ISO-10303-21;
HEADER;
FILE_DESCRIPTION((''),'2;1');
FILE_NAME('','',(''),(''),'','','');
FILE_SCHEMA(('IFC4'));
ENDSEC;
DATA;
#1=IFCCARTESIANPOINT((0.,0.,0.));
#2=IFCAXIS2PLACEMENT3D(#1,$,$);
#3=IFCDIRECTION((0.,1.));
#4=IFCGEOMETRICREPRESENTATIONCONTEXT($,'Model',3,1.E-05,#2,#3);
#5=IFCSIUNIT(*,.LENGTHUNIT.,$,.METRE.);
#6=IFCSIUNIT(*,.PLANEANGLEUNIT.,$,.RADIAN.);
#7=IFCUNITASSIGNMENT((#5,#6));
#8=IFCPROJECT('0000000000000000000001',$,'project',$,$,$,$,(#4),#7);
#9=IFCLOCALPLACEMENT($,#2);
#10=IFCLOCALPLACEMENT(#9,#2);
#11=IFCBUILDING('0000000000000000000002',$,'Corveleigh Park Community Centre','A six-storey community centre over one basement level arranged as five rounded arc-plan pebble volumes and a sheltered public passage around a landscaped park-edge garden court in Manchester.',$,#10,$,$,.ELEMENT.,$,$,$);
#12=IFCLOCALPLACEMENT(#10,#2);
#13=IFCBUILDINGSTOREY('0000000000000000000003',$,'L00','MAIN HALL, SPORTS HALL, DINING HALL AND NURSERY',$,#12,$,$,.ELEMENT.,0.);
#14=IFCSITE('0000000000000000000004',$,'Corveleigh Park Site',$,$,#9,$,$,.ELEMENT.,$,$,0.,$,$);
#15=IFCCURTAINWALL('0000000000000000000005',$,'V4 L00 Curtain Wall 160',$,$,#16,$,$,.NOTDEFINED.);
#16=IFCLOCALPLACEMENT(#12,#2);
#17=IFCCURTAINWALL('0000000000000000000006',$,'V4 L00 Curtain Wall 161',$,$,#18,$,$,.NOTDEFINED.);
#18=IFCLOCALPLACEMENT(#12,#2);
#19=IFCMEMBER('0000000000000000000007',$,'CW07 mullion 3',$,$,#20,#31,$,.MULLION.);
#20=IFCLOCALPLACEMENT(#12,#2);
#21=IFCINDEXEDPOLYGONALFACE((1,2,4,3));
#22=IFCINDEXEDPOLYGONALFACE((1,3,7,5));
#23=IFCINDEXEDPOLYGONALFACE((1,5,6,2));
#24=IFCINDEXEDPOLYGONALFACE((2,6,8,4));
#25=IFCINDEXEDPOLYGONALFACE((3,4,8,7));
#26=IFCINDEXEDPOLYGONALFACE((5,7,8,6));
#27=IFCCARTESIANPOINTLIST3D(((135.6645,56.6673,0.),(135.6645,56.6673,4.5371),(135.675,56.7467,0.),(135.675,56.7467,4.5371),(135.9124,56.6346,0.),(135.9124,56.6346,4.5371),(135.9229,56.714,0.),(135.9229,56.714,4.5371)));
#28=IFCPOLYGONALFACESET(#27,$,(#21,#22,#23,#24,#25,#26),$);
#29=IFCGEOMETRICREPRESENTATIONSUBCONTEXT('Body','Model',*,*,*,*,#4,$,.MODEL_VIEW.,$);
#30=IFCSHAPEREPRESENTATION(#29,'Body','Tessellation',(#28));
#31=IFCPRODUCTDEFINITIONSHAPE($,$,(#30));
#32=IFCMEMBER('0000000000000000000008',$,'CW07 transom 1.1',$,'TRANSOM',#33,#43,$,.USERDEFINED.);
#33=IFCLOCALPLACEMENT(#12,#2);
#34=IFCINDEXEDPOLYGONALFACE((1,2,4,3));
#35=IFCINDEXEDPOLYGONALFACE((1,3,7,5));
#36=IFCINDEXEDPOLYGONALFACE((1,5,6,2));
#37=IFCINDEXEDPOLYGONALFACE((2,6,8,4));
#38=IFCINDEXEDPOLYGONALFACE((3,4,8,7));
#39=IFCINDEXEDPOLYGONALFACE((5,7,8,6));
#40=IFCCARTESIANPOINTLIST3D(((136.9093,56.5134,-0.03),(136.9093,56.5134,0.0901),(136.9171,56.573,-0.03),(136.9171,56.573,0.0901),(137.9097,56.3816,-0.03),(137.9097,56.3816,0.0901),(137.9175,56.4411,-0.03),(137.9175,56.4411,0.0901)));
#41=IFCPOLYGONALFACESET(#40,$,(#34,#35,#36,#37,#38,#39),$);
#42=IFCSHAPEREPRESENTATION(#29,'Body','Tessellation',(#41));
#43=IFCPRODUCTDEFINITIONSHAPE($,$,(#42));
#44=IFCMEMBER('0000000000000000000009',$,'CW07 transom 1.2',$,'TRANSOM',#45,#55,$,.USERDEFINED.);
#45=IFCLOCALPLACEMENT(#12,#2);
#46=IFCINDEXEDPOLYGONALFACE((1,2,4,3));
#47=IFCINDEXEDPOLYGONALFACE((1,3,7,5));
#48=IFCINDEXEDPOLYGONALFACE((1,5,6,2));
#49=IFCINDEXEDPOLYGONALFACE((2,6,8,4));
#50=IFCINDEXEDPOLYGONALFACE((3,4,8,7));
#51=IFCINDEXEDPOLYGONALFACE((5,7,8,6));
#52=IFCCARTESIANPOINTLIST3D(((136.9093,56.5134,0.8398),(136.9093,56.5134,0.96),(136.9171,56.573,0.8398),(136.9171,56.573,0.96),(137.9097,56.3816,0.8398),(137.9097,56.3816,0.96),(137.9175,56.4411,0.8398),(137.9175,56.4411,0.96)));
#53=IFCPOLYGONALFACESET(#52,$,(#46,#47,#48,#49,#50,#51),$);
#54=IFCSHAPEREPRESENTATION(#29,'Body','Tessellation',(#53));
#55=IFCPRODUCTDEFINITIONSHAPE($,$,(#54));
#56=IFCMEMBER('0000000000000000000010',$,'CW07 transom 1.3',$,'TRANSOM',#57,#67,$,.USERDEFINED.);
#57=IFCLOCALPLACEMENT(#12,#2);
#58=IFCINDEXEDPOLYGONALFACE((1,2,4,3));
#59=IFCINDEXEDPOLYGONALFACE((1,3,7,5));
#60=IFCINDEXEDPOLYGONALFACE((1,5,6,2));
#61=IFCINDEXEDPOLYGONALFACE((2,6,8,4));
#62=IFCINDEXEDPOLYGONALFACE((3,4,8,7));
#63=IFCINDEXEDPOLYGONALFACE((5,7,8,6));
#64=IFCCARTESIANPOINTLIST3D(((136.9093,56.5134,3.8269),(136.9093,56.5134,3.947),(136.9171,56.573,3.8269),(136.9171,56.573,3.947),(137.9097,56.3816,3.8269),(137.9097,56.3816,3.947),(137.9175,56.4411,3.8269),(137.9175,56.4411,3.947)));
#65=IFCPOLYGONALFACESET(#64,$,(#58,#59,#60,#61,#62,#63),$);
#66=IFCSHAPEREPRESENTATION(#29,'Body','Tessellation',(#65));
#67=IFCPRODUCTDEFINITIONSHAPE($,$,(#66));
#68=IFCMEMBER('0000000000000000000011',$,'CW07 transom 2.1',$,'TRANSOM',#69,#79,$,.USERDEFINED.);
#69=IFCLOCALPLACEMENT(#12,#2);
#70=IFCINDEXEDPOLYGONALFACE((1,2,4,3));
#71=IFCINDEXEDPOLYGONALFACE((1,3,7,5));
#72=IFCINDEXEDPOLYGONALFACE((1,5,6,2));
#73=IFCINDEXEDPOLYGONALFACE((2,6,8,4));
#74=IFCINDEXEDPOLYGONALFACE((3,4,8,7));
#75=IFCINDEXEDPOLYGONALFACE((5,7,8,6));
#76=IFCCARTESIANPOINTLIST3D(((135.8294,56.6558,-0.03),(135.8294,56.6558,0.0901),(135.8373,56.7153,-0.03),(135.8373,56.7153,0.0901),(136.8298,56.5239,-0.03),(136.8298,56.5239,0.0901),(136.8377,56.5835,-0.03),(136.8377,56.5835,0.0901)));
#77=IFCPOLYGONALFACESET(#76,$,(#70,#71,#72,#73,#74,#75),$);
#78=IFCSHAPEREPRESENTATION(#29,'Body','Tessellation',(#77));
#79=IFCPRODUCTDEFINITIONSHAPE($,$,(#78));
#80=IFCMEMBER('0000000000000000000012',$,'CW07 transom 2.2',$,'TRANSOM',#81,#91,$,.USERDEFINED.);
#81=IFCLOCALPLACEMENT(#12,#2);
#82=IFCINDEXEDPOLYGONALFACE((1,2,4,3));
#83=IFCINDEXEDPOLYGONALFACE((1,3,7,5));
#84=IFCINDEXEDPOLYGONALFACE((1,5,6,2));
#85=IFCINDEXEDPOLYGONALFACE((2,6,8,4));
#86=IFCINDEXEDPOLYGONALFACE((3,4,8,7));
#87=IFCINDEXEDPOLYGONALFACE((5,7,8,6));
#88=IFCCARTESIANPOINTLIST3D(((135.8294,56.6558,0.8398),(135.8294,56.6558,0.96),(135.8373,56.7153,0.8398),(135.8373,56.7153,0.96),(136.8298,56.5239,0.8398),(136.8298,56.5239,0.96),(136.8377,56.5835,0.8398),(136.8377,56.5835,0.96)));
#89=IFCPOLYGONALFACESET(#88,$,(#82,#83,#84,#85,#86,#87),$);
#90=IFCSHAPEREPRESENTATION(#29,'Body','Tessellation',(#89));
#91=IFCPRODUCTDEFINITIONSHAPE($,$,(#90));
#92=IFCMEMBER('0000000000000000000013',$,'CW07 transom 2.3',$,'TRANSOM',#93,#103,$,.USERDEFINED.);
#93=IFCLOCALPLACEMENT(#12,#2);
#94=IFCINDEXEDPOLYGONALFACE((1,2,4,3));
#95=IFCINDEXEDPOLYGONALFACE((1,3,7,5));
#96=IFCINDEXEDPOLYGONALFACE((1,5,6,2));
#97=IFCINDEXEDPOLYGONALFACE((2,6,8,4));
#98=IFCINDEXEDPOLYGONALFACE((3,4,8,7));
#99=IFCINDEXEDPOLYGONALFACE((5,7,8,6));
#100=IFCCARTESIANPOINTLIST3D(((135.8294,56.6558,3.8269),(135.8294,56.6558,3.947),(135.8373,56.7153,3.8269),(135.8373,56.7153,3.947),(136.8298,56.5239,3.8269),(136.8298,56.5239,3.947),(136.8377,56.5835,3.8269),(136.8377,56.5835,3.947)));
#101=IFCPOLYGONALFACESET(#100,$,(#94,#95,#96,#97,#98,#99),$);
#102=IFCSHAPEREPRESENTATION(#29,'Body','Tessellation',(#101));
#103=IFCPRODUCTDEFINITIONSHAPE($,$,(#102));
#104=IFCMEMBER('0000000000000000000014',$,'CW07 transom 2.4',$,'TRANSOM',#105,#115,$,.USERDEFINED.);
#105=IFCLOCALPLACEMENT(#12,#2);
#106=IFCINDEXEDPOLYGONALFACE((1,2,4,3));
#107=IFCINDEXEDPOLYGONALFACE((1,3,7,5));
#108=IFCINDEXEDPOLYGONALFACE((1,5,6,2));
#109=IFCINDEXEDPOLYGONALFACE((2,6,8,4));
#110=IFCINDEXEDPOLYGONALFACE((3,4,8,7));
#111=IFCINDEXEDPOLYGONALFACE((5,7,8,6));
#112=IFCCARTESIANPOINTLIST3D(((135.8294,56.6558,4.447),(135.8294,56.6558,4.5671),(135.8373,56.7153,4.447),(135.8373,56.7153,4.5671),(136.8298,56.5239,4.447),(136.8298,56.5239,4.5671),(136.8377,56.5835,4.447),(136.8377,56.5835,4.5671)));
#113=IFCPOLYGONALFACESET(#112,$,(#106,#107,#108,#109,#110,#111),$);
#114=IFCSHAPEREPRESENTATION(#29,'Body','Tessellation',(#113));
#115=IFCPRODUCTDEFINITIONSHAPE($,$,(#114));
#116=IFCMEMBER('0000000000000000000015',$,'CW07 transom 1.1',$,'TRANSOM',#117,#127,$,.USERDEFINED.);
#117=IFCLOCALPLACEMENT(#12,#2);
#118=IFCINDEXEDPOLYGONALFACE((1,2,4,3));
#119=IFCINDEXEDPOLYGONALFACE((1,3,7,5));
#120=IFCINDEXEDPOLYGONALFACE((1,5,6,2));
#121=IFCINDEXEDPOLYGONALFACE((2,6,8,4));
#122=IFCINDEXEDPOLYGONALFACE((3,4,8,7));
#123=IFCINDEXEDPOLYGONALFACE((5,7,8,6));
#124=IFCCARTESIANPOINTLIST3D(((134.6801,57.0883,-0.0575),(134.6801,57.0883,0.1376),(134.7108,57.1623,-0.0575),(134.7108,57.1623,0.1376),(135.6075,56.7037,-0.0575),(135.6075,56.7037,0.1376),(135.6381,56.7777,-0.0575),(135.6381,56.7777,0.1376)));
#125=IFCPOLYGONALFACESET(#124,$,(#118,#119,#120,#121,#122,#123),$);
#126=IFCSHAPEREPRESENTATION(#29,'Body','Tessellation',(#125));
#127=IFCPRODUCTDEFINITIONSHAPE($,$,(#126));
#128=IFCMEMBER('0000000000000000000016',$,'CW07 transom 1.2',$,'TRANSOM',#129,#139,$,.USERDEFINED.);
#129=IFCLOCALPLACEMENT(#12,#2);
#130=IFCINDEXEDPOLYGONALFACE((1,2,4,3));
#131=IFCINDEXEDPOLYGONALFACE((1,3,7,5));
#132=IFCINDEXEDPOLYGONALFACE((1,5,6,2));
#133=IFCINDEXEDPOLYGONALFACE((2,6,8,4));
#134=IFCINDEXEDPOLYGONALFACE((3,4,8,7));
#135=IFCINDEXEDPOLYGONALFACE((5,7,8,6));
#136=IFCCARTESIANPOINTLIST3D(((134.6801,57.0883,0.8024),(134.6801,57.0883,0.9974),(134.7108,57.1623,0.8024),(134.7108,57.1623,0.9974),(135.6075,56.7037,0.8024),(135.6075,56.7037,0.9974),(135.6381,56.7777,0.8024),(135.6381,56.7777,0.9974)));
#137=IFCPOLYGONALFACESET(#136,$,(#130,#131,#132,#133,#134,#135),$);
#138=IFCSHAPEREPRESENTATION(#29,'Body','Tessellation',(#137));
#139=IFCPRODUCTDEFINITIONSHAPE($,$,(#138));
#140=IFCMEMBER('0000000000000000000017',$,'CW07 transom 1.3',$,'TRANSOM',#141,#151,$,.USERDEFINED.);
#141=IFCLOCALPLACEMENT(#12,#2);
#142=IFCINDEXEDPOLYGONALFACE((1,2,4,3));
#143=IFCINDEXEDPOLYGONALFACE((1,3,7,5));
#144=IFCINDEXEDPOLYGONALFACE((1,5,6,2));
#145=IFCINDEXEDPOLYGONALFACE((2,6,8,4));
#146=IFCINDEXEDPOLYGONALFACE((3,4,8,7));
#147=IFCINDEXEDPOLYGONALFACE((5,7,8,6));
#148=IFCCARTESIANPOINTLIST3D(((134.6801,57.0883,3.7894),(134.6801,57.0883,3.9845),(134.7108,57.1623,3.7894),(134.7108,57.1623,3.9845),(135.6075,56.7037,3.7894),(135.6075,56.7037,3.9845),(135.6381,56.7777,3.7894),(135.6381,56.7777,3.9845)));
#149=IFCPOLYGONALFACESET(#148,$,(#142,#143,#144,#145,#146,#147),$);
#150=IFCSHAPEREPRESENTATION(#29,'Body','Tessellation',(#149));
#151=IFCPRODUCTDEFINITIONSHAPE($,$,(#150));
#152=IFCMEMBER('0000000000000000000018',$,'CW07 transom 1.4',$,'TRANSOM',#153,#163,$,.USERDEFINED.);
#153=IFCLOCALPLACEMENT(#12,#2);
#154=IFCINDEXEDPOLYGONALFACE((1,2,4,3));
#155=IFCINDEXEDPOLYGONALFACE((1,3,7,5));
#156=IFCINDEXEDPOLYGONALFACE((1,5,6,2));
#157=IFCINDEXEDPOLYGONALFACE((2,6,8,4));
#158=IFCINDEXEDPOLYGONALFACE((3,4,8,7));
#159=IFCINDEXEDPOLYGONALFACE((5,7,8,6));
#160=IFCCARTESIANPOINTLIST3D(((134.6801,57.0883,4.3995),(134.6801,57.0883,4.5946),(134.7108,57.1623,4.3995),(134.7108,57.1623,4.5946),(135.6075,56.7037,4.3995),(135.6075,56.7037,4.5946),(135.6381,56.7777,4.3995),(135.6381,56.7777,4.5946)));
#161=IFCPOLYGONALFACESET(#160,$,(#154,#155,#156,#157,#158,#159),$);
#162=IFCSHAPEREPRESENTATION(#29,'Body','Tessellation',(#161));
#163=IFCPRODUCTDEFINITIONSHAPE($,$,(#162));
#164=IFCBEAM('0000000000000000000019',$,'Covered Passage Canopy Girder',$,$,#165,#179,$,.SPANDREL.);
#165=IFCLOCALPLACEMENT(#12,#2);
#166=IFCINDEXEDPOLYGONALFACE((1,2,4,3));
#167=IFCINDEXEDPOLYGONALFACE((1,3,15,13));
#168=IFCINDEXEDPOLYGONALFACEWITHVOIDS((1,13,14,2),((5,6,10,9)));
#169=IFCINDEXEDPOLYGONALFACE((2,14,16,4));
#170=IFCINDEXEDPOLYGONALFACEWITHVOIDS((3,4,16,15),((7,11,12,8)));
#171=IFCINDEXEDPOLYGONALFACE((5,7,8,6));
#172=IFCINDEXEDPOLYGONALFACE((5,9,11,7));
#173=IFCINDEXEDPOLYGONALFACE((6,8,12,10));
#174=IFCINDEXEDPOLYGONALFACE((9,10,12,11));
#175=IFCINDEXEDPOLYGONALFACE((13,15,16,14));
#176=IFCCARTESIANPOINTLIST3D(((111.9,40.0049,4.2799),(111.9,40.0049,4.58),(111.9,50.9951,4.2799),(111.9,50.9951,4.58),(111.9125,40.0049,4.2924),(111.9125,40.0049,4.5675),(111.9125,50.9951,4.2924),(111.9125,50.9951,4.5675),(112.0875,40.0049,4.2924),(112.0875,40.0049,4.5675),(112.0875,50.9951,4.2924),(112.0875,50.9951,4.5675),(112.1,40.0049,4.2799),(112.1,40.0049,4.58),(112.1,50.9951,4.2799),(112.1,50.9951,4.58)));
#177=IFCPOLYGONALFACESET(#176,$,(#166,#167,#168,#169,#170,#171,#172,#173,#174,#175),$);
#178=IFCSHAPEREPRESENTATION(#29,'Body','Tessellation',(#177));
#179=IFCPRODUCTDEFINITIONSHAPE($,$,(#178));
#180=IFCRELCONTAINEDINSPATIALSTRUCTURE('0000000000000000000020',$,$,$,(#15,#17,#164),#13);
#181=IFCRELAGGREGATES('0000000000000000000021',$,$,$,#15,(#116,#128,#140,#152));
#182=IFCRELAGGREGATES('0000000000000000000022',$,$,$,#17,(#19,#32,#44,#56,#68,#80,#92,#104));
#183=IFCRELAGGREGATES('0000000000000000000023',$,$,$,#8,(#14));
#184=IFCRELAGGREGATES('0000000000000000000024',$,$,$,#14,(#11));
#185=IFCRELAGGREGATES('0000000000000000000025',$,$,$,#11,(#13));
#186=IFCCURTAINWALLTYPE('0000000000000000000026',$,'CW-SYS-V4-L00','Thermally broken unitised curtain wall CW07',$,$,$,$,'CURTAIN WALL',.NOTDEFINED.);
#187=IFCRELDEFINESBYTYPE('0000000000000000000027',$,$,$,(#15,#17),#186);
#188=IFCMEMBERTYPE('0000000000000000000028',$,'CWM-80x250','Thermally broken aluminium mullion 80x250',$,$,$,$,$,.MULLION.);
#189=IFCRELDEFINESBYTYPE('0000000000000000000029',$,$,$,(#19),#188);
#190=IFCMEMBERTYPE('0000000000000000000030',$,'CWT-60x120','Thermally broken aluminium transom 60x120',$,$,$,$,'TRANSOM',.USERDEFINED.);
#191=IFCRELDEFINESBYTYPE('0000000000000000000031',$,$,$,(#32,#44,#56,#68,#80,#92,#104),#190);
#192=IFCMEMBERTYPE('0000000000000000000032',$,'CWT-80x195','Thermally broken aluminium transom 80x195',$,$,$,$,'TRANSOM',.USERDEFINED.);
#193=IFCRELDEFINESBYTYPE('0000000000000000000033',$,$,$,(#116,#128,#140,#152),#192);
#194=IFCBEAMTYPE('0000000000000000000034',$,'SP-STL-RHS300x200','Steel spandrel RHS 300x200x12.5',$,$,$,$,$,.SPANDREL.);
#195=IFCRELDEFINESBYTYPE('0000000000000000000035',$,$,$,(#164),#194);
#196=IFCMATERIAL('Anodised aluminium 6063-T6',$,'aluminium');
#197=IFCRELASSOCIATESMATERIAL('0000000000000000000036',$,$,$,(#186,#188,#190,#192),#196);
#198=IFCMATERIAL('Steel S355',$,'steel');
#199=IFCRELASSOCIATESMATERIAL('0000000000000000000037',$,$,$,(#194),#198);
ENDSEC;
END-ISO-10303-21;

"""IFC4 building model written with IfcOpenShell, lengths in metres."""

from ifc_helpers import new_model, si_unit, direction, frame, origin, origin_2d, place, context, subcontext, project, spatial, rectangle, hollow_rectangle, extrude, material, material_profile, profile_set, type_object, element, aggregate, save


model = new_model("IFC4")

# Units and contexts
model_context = context("Model", 3, precision=1e-05, world=origin(), true_north=direction((0.0, 1.0)))
body_context = subcontext(model_context, "Body", "Model", "MODEL_VIEW")
ifc_project = project(units=[si_unit("LENGTHUNIT", "METRE"), si_unit("PLANEANGLEUNIT", "RADIAN")], contexts=[model_context])

# Site, building, storey
site_placement = place(None, origin())
site = spatial("IfcSite", under=ifc_project, at=site_placement, Name="Corveleigh Park Site", CompositionType="ELEMENT", RefElevation=0.0)
building_placement = place(site_placement, origin())
building = spatial("IfcBuilding", under=site, at=building_placement, Name="Corveleigh Park Community Centre", Description="A six-storey community centre over one basement level arranged as five rounded arc-plan pebble volumes and a sheltered public passage around a landscaped park-edge garden court in Manchester.", CompositionType="ELEMENT")
storey_placement = place(building_placement, origin())
storey = spatial("IfcBuildingStorey", under=building, at=storey_placement, Name="L00", Description="MAIN HALL, SPORTS HALL, DINING HALL AND NURSERY", CompositionType="ELEMENT", Elevation=0.0)

# Shared definitions
ifc_material_1 = material(Name="Steel S355", Category="steel")

# Curtain wall
ifc_material_2 = material(Name="Anodised aluminium 6063-T6", Category="aluminium")
curtain_wall_type = type_object("IfcCurtainWallType", Name="CW-SYS-V4-L00", Description="Thermally broken unitised curtain wall CW07", ElementType="CURTAIN WALL", PredefinedType="NOTDEFINED", material=ifc_material_2)
curtain_wall_1_placement = place(storey_placement, origin())
curtain_wall_1 = element("IfcCurtainWall", 1, at=curtain_wall_1_placement, inside=storey, type_object=curtain_wall_type, Name="V4 L00 Curtain Wall 160", PredefinedType="NOTDEFINED")

# Curtain wall, members
curtain_wall_2_placement = place(storey_placement, origin())
curtain_wall_2 = element("IfcCurtainWall", 2, at=curtain_wall_2_placement, inside=storey, type_object=curtain_wall_type, Name="V4 L00 Curtain Wall 161", PredefinedType="NOTDEFINED")
ifc_material_profile_1 = material_profile(ifc_material_2, rectangle(XDim=0.0801, YDim=0.25, at=origin_2d()), Name="ALU-M80x250", Category="aluminium")
ifc_profile_set_1 = profile_set([ifc_material_profile_1], Name="Anodised aluminium 6063-T6")
member_type_1 = type_object("IfcMemberType", Name="CWM-80x250", Description="Thermally broken aluminium mullion 80x250", PredefinedType="MULLION", material=ifc_profile_set_1)
member_1_placement = place(storey_placement, frame((135.7937, 56.6907, 0.0), z_axis=(0.0, 0.0, 1.0), x_axis=(-0.130626, -0.991432, 0.0)))
member_1 = element("IfcMember", 3, at=member_1_placement, type_object=member_type_1, Name="CW07 mullion 3", PredefinedType="MULLION", context=body_context, shape_type="SweptSolid", body=[
    extrude(rectangle(XDim=0.0801, YDim=0.25, at=origin_2d()), origin(), (0.0, 0.0, 1.0), 4.5371),
])
ifc_material_profile_2 = material_profile(ifc_material_2, rectangle(XDim=0.0601, YDim=0.1201, at=origin_2d()), Name="ALU-T60x120", Category="aluminium")
ifc_profile_set_2 = profile_set([ifc_material_profile_2], Name="Anodised aluminium 6063-T6")
member_type_2 = type_object("IfcMemberType", Name="CWT-60x120", Description="Thermally broken aluminium transom 60x120", ElementType="TRANSOM", PredefinedType="USERDEFINED", material=ifc_profile_set_2)
member_2_placement = place(storey_placement, frame((137.9136, 56.4114, 0.03), z_axis=(-0.99143, 0.130642, 0.0), x_axis=(-0.130642, -0.99143, 0.0)))
member_2 = element("IfcMember", 4, at=member_2_placement, type_object=member_type_2, Name="CW07 transom 1.1", ObjectType="TRANSOM", PredefinedType="USERDEFINED", context=body_context, shape_type="SweptSolid", body=[
    extrude(rectangle(XDim=0.0601, YDim=0.1201, at=origin_2d()), origin(), (0.0, 0.0, 1.0), 1.009),
])
member_3_placement = place(storey_placement, frame((137.9136, 56.4114, 0.8999), z_axis=(-0.99143, 0.130642, 0.0), x_axis=(-0.130642, -0.99143, 0.0)))
member_3 = element("IfcMember", 5, at=member_3_placement, type_object=member_type_2, Name="CW07 transom 1.2", ObjectType="TRANSOM", PredefinedType="USERDEFINED", context=body_context, shape_type="SweptSolid", body=[
    extrude(rectangle(XDim=0.0601, YDim=0.1201, at=origin_2d()), origin(), (0.0, 0.0, 1.0), 1.009),
])
member_4_placement = place(storey_placement, frame((137.9136, 56.4114, 3.887), z_axis=(-0.99143, 0.130642, 0.0), x_axis=(-0.130642, -0.99143, 0.0)))
member_4 = element("IfcMember", 6, at=member_4_placement, type_object=member_type_2, Name="CW07 transom 1.3", ObjectType="TRANSOM", PredefinedType="USERDEFINED", context=body_context, shape_type="SweptSolid", body=[
    extrude(rectangle(XDim=0.0601, YDim=0.1201, at=origin_2d()), origin(), (0.0, 0.0, 1.0), 1.009),
])
member_5_placement = place(storey_placement, frame((136.8337, 56.5537, 0.03), z_axis=(-0.99143, 0.130642, 0.0), x_axis=(-0.130642, -0.99143, 0.0)))
member_5 = element("IfcMember", 7, at=member_5_placement, type_object=member_type_2, Name="CW07 transom 2.1", ObjectType="TRANSOM", PredefinedType="USERDEFINED", context=body_context, shape_type="SweptSolid", body=[
    extrude(rectangle(XDim=0.0601, YDim=0.1201, at=origin_2d()), origin(), (0.0, 0.0, 1.0), 1.009),
])
member_6_placement = place(storey_placement, frame((136.8337, 56.5537, 0.8999), z_axis=(-0.99143, 0.130642, 0.0), x_axis=(-0.130642, -0.99143, 0.0)))
member_6 = element("IfcMember", 8, at=member_6_placement, type_object=member_type_2, Name="CW07 transom 2.2", ObjectType="TRANSOM", PredefinedType="USERDEFINED", context=body_context, shape_type="SweptSolid", body=[
    extrude(rectangle(XDim=0.0601, YDim=0.1201, at=origin_2d()), origin(), (0.0, 0.0, 1.0), 1.009),
])
member_7_placement = place(storey_placement, frame((136.8337, 56.5537, 3.887), z_axis=(-0.99143, 0.130642, 0.0), x_axis=(-0.130642, -0.99143, 0.0)))
member_7 = element("IfcMember", 9, at=member_7_placement, type_object=member_type_2, Name="CW07 transom 2.3", ObjectType="TRANSOM", PredefinedType="USERDEFINED", context=body_context, shape_type="SweptSolid", body=[
    extrude(rectangle(XDim=0.0601, YDim=0.1201, at=origin_2d()), origin(), (0.0, 0.0, 1.0), 1.009),
])
member_8_placement = place(storey_placement, frame((136.8337, 56.5537, 4.5071), z_axis=(-0.99143, 0.130642, 0.0), x_axis=(-0.130642, -0.99143, 0.0)))
member_8 = element("IfcMember", 10, at=member_8_placement, type_object=member_type_2, Name="CW07 transom 2.4", ObjectType="TRANSOM", PredefinedType="USERDEFINED", context=body_context, shape_type="SweptSolid", body=[
    extrude(rectangle(XDim=0.0601, YDim=0.1201, at=origin_2d()), origin(), (0.0, 0.0, 1.0), 1.009),
])

# Members
ifc_material_profile_3 = material_profile(ifc_material_2, rectangle(XDim=0.0801, YDim=0.1951, at=origin_2d()), Name="ALU-T80x195", Category="aluminium")
ifc_profile_set_3 = profile_set([ifc_material_profile_3], Name="Anodised aluminium 6063-T6")
member_type_3 = type_object("IfcMemberType", Name="CWT-80x195", Description="Thermally broken aluminium transom 80x195", ElementType="TRANSOM", PredefinedType="USERDEFINED", material=ifc_profile_set_3)
member_9_placement = place(storey_placement, frame((135.6228, 56.7407, 0.04), z_axis=(-0.923723, 0.383061, 0.0), x_axis=(-0.383061, -0.923723, 0.0)))
member_9 = element("IfcMember", 11, at=member_9_placement, type_object=member_type_3, Name="CW07 transom 1.1", ObjectType="TRANSOM", PredefinedType="USERDEFINED", context=body_context, shape_type="SweptSolid", body=[
    extrude(rectangle(XDim=0.0801, YDim=0.1951, at=origin_2d()), origin(), (0.0, 0.0, 1.0), 1.0039),
])
member_10_placement = place(storey_placement, frame((135.6228, 56.7407, 0.8999), z_axis=(-0.923723, 0.383061, 0.0), x_axis=(-0.383061, -0.923723, 0.0)))
member_10 = element("IfcMember", 12, at=member_10_placement, type_object=member_type_3, Name="CW07 transom 1.2", ObjectType="TRANSOM", PredefinedType="USERDEFINED", context=body_context, shape_type="SweptSolid", body=[
    extrude(rectangle(XDim=0.0801, YDim=0.1951, at=origin_2d()), origin(), (0.0, 0.0, 1.0), 1.0039),
])
member_11_placement = place(storey_placement, frame((135.6228, 56.7407, 3.887), z_axis=(-0.923723, 0.383061, 0.0), x_axis=(-0.383061, -0.923723, 0.0)))
member_11 = element("IfcMember", 13, at=member_11_placement, type_object=member_type_3, Name="CW07 transom 1.3", ObjectType="TRANSOM", PredefinedType="USERDEFINED", context=body_context, shape_type="SweptSolid", body=[
    extrude(rectangle(XDim=0.0801, YDim=0.1951, at=origin_2d()), origin(), (0.0, 0.0, 1.0), 1.0039),
])
member_12_placement = place(storey_placement, frame((135.6228, 56.7407, 4.4971), z_axis=(-0.923723, 0.383061, 0.0), x_axis=(-0.383061, -0.923723, 0.0)))
member_12 = element("IfcMember", 14, at=member_12_placement, type_object=member_type_3, Name="CW07 transom 1.4", ObjectType="TRANSOM", PredefinedType="USERDEFINED", context=body_context, shape_type="SweptSolid", body=[
    extrude(rectangle(XDim=0.0801, YDim=0.1951, at=origin_2d()), origin(), (0.0, 0.0, 1.0), 1.0039),
])

# Beam
ifc_material_profile_4 = material_profile(ifc_material_1, hollow_rectangle(XDim=0.2, YDim=0.3, WallThickness=0.0125, at=origin_2d()), Name="RHS 300x200x12.5", Category="steel")
ifc_profile_set_4 = profile_set([ifc_material_profile_4], Name="Steel S355")
beam_type = type_object("IfcBeamType", Name="SP-STL-RHS300x200", Description="Steel spandrel RHS 300x200x12.5", PredefinedType="SPANDREL", material=ifc_profile_set_4)
beam_1_placement = place(storey_placement, frame((112.0, 50.9951, 4.4299), z_axis=(0.0, -1.0, 0.0), x_axis=(1.0, 0.0, 0.0)))
element("IfcBeam", 15, at=beam_1_placement, inside=storey, type_object=beam_type, Name="Covered Passage Canopy Girder", PredefinedType="SPANDREL", context=body_context, shape_type="SweptSolid", body=[
    extrude(hollow_rectangle(XDim=0.2, YDim=0.3, WallThickness=0.0125, at=origin_2d()), origin(), (0.0, 0.0, 1.0), 10.9902),
])

aggregate(curtain_wall_1, [member_9, member_10, member_11, member_12])
aggregate(curtain_wall_2, [member_1, member_2, member_3, member_4, member_5, member_6, member_7, member_8])

save(model, "model.ifc")
